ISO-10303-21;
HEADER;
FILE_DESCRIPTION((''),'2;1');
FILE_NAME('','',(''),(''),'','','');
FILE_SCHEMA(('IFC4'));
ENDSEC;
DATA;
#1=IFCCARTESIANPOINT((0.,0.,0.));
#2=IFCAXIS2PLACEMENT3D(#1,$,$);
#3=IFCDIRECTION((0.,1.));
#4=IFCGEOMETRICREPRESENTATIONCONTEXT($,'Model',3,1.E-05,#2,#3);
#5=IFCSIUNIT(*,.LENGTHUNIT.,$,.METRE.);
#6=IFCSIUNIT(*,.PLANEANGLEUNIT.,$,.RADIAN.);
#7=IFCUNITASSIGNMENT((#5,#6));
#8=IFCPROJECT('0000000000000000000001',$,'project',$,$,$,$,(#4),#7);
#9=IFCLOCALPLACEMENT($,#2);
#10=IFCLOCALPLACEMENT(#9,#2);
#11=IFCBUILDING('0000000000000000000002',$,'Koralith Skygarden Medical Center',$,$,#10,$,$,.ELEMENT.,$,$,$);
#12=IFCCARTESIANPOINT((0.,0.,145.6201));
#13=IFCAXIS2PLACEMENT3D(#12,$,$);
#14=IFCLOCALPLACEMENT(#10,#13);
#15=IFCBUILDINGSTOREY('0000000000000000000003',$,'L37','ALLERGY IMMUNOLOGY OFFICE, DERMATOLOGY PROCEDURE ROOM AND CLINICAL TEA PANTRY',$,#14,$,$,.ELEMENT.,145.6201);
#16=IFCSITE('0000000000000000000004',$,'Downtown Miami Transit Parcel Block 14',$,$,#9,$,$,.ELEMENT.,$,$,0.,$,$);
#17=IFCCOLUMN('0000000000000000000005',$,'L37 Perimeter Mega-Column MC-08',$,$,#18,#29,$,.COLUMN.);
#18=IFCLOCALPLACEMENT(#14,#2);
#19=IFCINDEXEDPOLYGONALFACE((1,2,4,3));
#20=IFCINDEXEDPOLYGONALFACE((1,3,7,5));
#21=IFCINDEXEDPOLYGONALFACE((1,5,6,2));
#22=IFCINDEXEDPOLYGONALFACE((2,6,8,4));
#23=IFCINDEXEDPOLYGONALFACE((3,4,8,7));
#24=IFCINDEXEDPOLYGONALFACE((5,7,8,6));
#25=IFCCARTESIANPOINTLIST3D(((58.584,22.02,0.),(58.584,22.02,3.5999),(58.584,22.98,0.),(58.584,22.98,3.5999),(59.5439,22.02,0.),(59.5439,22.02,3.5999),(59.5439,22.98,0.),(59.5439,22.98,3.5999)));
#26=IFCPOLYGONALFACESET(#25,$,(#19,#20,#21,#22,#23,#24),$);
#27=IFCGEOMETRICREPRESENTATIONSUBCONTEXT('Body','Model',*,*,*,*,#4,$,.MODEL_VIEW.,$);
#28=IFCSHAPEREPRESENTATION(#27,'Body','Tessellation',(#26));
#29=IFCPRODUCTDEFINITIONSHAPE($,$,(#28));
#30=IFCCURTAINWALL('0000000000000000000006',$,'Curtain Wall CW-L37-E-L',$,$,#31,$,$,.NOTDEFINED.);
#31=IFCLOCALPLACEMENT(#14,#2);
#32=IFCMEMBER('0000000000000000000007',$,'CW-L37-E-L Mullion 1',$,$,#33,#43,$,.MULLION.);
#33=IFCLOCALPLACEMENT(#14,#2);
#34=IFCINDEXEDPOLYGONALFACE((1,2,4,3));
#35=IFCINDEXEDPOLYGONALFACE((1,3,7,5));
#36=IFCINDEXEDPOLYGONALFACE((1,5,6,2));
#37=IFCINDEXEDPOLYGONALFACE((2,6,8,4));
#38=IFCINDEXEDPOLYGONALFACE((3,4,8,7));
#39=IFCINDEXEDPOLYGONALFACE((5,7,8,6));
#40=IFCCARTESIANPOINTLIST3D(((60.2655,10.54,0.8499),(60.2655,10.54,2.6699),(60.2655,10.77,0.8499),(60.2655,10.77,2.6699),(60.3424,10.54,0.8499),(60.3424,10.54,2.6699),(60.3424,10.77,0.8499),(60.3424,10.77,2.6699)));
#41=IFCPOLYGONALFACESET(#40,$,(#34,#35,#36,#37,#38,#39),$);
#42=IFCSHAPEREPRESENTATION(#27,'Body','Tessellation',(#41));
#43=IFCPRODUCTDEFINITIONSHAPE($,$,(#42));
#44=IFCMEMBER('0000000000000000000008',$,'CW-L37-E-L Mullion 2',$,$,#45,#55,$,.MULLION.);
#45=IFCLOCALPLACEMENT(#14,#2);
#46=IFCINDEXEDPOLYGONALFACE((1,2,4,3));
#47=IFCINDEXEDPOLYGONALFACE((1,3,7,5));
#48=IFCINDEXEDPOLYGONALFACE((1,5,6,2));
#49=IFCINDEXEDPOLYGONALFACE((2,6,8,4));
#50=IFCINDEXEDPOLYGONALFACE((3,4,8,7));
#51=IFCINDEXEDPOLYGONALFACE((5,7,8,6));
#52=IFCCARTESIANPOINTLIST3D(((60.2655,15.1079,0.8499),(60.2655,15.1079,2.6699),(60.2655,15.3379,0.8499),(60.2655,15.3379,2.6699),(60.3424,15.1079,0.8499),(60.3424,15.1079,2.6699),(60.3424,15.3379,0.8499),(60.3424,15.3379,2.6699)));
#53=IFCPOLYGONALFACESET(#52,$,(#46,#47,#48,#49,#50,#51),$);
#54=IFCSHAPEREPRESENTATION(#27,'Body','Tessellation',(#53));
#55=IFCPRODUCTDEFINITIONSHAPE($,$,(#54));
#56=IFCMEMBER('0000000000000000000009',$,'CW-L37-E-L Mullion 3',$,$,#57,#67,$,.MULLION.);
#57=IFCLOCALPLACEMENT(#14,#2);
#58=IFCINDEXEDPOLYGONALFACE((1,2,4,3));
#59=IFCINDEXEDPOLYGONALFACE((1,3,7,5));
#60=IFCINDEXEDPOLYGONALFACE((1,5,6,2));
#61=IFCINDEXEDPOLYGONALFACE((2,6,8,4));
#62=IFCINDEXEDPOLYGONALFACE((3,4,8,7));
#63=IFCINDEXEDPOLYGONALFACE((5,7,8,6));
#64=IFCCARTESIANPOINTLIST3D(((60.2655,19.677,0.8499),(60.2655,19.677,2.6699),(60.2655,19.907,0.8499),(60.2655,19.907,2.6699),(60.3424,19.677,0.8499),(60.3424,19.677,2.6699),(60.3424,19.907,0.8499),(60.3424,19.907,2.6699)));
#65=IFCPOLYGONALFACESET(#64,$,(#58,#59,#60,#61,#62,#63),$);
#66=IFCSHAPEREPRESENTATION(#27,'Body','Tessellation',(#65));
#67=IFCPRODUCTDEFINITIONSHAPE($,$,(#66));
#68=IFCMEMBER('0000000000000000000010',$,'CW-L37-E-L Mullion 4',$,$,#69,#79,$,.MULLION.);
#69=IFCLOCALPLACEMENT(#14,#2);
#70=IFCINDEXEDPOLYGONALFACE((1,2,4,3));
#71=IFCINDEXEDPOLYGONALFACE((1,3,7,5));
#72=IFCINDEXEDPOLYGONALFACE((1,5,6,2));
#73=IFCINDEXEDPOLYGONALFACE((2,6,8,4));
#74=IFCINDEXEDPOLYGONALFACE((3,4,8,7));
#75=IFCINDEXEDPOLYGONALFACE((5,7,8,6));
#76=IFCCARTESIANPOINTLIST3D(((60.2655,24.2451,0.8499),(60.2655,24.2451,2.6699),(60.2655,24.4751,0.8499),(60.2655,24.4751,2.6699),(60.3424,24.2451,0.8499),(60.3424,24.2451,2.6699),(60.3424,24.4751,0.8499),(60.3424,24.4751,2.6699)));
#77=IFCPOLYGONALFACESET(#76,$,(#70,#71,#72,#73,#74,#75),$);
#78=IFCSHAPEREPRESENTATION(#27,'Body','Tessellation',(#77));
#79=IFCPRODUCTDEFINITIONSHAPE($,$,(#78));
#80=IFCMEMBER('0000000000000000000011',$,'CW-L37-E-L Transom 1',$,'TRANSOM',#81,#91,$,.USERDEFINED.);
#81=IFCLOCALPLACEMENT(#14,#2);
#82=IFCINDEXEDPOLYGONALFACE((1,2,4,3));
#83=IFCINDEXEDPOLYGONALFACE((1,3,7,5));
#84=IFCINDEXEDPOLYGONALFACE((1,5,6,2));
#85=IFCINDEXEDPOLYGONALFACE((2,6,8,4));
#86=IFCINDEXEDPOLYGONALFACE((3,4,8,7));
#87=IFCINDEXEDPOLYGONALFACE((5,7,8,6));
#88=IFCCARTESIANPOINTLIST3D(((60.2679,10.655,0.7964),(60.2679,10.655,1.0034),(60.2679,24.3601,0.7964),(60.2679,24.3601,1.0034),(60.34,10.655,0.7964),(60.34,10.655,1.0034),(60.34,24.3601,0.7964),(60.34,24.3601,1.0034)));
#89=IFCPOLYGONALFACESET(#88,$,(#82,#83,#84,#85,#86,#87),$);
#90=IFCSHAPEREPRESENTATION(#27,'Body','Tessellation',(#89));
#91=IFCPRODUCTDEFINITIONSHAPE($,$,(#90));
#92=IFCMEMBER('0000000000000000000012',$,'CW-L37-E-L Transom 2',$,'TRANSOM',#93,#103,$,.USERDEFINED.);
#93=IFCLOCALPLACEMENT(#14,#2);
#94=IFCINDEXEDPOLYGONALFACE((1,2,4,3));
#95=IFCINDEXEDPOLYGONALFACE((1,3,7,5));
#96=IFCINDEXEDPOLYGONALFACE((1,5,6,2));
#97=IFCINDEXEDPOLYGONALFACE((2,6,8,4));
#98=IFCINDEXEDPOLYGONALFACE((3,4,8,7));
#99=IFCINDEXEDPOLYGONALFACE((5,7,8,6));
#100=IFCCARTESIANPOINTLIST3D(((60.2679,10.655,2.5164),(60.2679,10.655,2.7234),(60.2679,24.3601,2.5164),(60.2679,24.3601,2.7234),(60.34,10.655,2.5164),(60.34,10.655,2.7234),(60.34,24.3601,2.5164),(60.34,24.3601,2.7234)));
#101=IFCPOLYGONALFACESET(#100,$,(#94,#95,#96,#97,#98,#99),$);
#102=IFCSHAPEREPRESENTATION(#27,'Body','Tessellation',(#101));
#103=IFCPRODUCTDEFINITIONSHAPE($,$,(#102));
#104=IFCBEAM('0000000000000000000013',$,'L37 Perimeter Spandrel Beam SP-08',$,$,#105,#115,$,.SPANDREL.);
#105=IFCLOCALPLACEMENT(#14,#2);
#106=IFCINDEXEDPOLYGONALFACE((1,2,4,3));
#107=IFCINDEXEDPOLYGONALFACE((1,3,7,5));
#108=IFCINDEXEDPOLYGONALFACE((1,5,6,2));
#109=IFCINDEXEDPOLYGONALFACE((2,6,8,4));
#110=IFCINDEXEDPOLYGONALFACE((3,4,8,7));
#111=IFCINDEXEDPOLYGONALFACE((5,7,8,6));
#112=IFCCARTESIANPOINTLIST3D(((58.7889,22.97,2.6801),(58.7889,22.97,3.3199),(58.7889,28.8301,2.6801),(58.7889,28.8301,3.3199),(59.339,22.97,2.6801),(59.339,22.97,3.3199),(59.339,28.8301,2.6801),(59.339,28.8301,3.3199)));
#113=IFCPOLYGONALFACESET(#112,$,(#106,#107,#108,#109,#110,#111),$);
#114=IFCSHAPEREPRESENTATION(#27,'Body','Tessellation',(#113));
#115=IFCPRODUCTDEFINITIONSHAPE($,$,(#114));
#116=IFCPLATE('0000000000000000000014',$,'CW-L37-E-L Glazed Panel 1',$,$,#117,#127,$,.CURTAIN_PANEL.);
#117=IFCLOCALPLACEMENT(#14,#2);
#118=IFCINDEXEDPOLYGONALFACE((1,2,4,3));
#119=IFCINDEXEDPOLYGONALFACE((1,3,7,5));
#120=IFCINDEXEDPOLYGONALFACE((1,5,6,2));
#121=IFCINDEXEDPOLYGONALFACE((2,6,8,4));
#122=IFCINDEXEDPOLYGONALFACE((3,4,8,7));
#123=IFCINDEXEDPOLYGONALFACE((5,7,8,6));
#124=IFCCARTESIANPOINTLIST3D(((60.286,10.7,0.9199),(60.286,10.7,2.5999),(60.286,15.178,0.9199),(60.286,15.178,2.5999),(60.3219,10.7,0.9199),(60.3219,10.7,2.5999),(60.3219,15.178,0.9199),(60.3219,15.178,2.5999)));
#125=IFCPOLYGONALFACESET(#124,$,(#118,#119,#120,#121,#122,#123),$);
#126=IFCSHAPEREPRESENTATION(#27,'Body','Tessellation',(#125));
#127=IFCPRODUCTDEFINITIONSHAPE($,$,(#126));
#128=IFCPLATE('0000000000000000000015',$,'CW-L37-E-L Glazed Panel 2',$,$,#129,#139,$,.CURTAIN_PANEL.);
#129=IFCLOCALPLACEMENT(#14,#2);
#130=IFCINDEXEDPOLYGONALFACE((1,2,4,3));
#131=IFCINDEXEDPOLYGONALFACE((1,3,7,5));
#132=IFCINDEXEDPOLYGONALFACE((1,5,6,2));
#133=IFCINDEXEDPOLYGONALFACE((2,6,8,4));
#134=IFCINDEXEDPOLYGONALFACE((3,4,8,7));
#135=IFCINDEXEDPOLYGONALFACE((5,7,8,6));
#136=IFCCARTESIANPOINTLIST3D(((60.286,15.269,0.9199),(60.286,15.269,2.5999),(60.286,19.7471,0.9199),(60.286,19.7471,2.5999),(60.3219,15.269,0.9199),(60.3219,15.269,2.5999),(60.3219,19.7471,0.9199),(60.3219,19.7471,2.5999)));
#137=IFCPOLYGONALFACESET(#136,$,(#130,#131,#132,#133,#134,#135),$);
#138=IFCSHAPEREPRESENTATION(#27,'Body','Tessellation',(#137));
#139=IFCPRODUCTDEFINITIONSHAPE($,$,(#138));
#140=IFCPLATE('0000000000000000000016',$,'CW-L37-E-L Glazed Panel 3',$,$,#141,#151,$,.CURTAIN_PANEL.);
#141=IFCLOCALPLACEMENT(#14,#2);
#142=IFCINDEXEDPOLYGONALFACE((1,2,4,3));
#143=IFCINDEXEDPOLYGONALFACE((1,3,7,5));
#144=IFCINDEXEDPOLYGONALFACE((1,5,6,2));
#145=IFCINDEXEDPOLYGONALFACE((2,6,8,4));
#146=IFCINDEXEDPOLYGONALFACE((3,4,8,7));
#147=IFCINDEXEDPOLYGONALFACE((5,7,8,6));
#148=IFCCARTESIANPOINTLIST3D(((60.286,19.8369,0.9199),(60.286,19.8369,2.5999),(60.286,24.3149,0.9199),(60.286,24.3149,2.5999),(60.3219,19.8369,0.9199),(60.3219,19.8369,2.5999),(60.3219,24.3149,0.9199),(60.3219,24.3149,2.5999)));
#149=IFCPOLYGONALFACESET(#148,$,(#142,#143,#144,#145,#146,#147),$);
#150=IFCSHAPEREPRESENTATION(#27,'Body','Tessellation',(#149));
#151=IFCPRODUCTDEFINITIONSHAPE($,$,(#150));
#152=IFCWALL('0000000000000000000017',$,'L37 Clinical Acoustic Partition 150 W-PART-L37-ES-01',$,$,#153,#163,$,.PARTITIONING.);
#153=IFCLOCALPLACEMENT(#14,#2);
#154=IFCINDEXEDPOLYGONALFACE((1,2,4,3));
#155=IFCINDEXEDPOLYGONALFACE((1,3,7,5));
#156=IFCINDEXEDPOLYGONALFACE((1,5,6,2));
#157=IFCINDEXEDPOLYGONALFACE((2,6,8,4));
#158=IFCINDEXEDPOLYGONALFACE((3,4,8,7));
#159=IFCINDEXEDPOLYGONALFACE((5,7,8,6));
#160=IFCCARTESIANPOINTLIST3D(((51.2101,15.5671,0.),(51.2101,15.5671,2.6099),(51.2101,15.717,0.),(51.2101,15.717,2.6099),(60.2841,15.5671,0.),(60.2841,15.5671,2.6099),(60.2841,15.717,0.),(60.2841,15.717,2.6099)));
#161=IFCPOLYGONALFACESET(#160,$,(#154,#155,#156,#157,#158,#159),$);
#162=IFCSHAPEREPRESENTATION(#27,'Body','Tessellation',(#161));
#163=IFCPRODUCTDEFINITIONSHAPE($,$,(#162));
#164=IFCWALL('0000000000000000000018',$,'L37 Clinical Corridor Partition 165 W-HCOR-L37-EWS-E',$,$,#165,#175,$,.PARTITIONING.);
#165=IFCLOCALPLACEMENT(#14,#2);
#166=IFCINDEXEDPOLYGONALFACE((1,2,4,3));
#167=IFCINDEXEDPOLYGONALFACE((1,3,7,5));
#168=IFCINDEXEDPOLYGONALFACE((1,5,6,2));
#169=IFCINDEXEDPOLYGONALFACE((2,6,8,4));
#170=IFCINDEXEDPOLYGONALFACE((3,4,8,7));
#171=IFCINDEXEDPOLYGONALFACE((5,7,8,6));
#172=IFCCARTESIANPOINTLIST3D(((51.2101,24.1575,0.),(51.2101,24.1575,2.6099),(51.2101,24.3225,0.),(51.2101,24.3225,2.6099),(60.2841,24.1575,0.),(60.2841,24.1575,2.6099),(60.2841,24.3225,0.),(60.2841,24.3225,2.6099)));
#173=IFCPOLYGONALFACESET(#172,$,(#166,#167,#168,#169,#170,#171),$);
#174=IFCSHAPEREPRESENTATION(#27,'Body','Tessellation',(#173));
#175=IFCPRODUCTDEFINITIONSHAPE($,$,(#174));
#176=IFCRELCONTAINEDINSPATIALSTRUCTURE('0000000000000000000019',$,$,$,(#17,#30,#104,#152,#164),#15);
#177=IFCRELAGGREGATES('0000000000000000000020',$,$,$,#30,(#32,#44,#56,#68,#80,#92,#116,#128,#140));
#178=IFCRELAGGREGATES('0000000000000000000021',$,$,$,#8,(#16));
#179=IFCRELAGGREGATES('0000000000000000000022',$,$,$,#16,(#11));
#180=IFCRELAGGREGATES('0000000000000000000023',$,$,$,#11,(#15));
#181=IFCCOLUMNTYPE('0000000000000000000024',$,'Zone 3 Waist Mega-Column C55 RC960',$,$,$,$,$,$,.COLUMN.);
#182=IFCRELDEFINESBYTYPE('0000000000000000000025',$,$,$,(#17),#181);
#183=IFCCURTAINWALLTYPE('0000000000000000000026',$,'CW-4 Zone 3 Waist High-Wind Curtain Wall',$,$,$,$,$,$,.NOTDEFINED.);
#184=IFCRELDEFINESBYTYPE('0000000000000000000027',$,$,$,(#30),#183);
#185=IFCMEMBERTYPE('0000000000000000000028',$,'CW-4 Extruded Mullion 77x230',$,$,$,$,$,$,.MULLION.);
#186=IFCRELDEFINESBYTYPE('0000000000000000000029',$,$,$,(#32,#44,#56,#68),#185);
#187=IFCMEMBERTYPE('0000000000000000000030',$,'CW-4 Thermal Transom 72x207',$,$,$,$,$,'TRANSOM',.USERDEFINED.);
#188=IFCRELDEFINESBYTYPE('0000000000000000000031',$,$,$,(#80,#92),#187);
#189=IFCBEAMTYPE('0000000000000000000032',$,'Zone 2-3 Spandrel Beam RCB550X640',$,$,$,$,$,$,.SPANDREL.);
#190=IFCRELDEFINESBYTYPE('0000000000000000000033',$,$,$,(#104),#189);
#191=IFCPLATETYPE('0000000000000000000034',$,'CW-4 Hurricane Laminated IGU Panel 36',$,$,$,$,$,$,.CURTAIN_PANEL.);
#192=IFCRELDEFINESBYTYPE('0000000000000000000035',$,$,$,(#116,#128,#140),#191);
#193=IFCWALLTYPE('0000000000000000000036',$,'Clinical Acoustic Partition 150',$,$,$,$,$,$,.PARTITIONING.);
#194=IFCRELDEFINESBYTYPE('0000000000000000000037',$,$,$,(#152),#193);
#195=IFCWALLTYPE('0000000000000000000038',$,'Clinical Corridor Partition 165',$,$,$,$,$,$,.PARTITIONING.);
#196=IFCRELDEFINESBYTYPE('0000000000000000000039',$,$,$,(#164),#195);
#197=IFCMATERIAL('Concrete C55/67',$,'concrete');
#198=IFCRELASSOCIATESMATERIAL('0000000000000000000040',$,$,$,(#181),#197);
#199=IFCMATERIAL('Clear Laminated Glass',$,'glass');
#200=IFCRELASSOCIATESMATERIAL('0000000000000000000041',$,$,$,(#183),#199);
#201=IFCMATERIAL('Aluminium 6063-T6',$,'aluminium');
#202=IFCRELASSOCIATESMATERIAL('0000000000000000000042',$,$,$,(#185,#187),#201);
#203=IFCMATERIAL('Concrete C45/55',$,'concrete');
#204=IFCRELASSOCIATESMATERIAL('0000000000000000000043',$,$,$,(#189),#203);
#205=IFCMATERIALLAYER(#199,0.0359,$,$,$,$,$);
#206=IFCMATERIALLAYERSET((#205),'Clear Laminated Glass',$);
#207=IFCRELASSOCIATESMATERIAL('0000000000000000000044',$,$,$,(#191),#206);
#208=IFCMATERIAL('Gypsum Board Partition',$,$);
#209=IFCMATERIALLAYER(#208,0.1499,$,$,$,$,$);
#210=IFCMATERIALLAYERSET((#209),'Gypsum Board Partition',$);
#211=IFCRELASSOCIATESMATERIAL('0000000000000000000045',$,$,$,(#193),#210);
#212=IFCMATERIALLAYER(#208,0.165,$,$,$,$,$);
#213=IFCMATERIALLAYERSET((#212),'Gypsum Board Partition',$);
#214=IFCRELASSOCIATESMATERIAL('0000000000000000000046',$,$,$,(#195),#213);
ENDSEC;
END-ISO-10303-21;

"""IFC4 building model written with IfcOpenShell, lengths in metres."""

from ifc_helpers import new_model, si_unit, direction, frame, frame_2d, origin, origin_2d, place, context, subcontext, project, spatial, rectangle, extrude, material, layer, layer_set, material_profile, profile_set, type_object, element, aggregate, save


model = new_model("IFC4")

# Units and contexts
model_context = context("Model", 3, precision=1e-05, world=origin(), true_north=direction((0.0, 1.0)))
body_context = subcontext(model_context, "Body", "Model", "MODEL_VIEW")
ifc_project = project(units=[si_unit("LENGTHUNIT", "METRE"), si_unit("PLANEANGLEUNIT", "RADIAN")], contexts=[model_context])

# Site, building, storey
site_placement = place(None, origin())
site = spatial("IfcSite", under=ifc_project, at=site_placement, Name="Downtown Miami Transit Parcel Block 14", CompositionType="ELEMENT", RefElevation=0.0)
building_placement = place(site_placement, origin())
building = spatial("IfcBuilding", under=site, at=building_placement, Name="Koralith Skygarden Medical Center", CompositionType="ELEMENT")
storey_placement = place(building_placement, frame((0.0, 0.0, 145.6201)))
storey = spatial("IfcBuildingStorey", under=building, at=storey_placement, Name="L37", Description="ALLERGY IMMUNOLOGY OFFICE, DERMATOLOGY PROCEDURE ROOM AND CLINICAL TEA PANTRY", CompositionType="ELEMENT", Elevation=145.6201)

# Column
ifc_material_1 = material(Name="Concrete C55/67", Category="concrete")
ifc_material_profile_1 = material_profile(ifc_material_1, rectangle(XDim=0.96, YDim=0.96, at=origin_2d()), Name="RC960X960")
ifc_profile_set_1 = profile_set([ifc_material_profile_1], Name="Concrete C55/67")
column_type = type_object("IfcColumnType", Name="Zone 3 Waist Mega-Column C55 RC960", PredefinedType="COLUMN", material=ifc_profile_set_1)
column_placement = place(storey_placement, frame((59.064, 22.5, 0.0), z_axis=(0.0, 0.0, 1.0), x_axis=(1.0, 0.0, 0.0)))
element("IfcColumn", 1, at=column_placement, inside=storey, type_object=column_type, Name="L37 Perimeter Mega-Column MC-08", PredefinedType="COLUMN", context=body_context, shape_type="SweptSolid", body=[
    extrude(rectangle(XDim=0.96, YDim=0.96, at=origin_2d()), origin(), (0.0, 0.0, 1.0), 3.5999),
])

# Curtain wall, members
ifc_material_2 = material(Name="Clear Laminated Glass", Category="glass")
curtain_wall_type = type_object("IfcCurtainWallType", Name="CW-4 Zone 3 Waist High-Wind Curtain Wall", PredefinedType="NOTDEFINED", material=ifc_material_2)
curtain_wall_placement = place(storey_placement, origin())
curtain_wall = element("IfcCurtainWall", 2, at=curtain_wall_placement, inside=storey, type_object=curtain_wall_type, Name="Curtain Wall CW-L37-E-L", PredefinedType="NOTDEFINED")
ifc_material_3 = material(Name="Aluminium 6063-T6", Category="aluminium")
ifc_material_profile_2 = material_profile(ifc_material_3, rectangle(XDim=0.0769, YDim=0.23, at=origin_2d()), Name="MUL77X230")
ifc_profile_set_2 = profile_set([ifc_material_profile_2], Name="Aluminium 6063-T6")
member_type_1 = type_object("IfcMemberType", Name="CW-4 Extruded Mullion 77x230", PredefinedType="MULLION", material=ifc_profile_set_2)
member_1_placement = place(storey_placement, frame((60.304, 10.655, 0.8499), z_axis=(0.0, 0.0, 1.0), x_axis=(1.0, 0.0, 0.0)))
member_1 = element("IfcMember", 3, at=member_1_placement, type_object=member_type_1, Name="CW-L37-E-L Mullion 1", PredefinedType="MULLION", context=body_context, shape_type="SweptSolid", body=[
    extrude(rectangle(XDim=0.0769, YDim=0.23, at=origin_2d()), origin(), (0.0, 0.0, 1.0), 1.8201),
])
member_2_placement = place(storey_placement, frame((60.304, 15.2229, 0.8499), z_axis=(0.0, 0.0, 1.0), x_axis=(1.0, 0.0, 0.0)))
member_2 = element("IfcMember", 4, at=member_2_placement, type_object=member_type_1, Name="CW-L37-E-L Mullion 2", PredefinedType="MULLION", context=body_context, shape_type="SweptSolid", body=[
    extrude(rectangle(XDim=0.0769, YDim=0.23, at=origin_2d()), origin(), (0.0, 0.0, 1.0), 1.8201),
])
member_3_placement = place(storey_placement, frame((60.304, 19.792, 0.8499), z_axis=(0.0, 0.0, 1.0), x_axis=(1.0, 0.0, 0.0)))
member_3 = element("IfcMember", 5, at=member_3_placement, type_object=member_type_1, Name="CW-L37-E-L Mullion 3", PredefinedType="MULLION", context=body_context, shape_type="SweptSolid", body=[
    extrude(rectangle(XDim=0.0769, YDim=0.23, at=origin_2d()), origin(), (0.0, 0.0, 1.0), 1.8201),
])
member_4_placement = place(storey_placement, frame((60.304, 24.3601, 0.8499), z_axis=(0.0, 0.0, 1.0), x_axis=(1.0, 0.0, 0.0)))
member_4 = element("IfcMember", 6, at=member_4_placement, type_object=member_type_1, Name="CW-L37-E-L Mullion 4", PredefinedType="MULLION", context=body_context, shape_type="SweptSolid", body=[
    extrude(rectangle(XDim=0.0769, YDim=0.23, at=origin_2d()), origin(), (0.0, 0.0, 1.0), 1.8201),
])
ifc_material_profile_3 = material_profile(ifc_material_3, rectangle(XDim=0.072, YDim=0.207, at=origin_2d()), Name="TRN72X207")
ifc_profile_set_3 = profile_set([ifc_material_profile_3], Name="Aluminium 6063-T6")
member_type_2 = type_object("IfcMemberType", Name="CW-4 Thermal Transom 72x207", ElementType="TRANSOM", PredefinedType="USERDEFINED", material=ifc_profile_set_3)
member_5_placement = place(storey_placement, frame((60.304, 10.655, 0.8999), z_axis=(0.0, 1.0, 0.0), x_axis=(-1.0, 0.0, 0.0)))
member_5 = element("IfcMember", 7, at=member_5_placement, type_object=member_type_2, Name="CW-L37-E-L Transom 1", ObjectType="TRANSOM", PredefinedType="USERDEFINED", context=body_context, shape_type="SweptSolid", body=[
    extrude(rectangle(XDim=0.072, YDim=0.207, at=origin_2d()), origin(), (0.0, 0.0, 1.0), 13.7051),
])
member_6_placement = place(storey_placement, frame((60.304, 10.655, 2.6199), z_axis=(0.0, 1.0, 0.0), x_axis=(-1.0, 0.0, 0.0)))
member_6 = element("IfcMember", 8, at=member_6_placement, type_object=member_type_2, Name="CW-L37-E-L Transom 2", ObjectType="TRANSOM", PredefinedType="USERDEFINED", context=body_context, shape_type="SweptSolid", body=[
    extrude(rectangle(XDim=0.072, YDim=0.207, at=origin_2d()), origin(), (0.0, 0.0, 1.0), 13.7051),
])

# Beam
ifc_material_4 = material(Name="Concrete C45/55", Category="concrete")
ifc_material_profile_4 = material_profile(ifc_material_4, rectangle(XDim=0.55, YDim=0.6399, at=origin_2d()), Name="RCB550X640")
ifc_profile_set_4 = profile_set([ifc_material_profile_4], Name="Concrete C45/55")
beam_type = type_object("IfcBeamType", Name="Zone 2-3 Spandrel Beam RCB550X640", PredefinedType="SPANDREL", material=ifc_profile_set_4)
beam_placement = place(storey_placement, frame((59.064, 22.97, 3.0), z_axis=(0.0, 1.0, 0.0), x_axis=(-1.0, 0.0, 0.0)))
element("IfcBeam", 9, at=beam_placement, inside=storey, type_object=beam_type, Name="L37 Perimeter Spandrel Beam SP-08", PredefinedType="SPANDREL", context=body_context, shape_type="SweptSolid", body=[
    extrude(rectangle(XDim=0.55, YDim=0.6399, at=origin_2d()), origin(), (0.0, 0.0, 1.0), 5.8601),
])

# Plates
ifc_layer_1 = layer(ifc_material_2, 0.0359)
ifc_layer_set_1 = layer_set([ifc_layer_1], Name="Clear Laminated Glass")
plate_type = type_object("IfcPlateType", Name="CW-4 Hurricane Laminated IGU Panel 36", PredefinedType="CURTAIN_PANEL", material=ifc_layer_set_1)
plate_1_placement = place(storey_placement, frame((60.304, 12.939, 0.9199), z_axis=(0.0, 0.0, 1.0), x_axis=(0.0, 1.0, 0.0)))
plate_1 = element("IfcPlate", 10, at=plate_1_placement, type_object=plate_type, Name="CW-L37-E-L Glazed Panel 1", PredefinedType="CURTAIN_PANEL", context=body_context, shape_type="SweptSolid", body=[
    extrude(rectangle(XDim=4.478, YDim=0.0359, at=origin_2d()), origin(), (0.0, 0.0, 1.0), 1.6799),
])
plate_2_placement = place(storey_placement, frame((60.304, 17.5081, 0.9199), z_axis=(0.0, 0.0, 1.0), x_axis=(0.0, 1.0, 0.0)))
plate_2 = element("IfcPlate", 11, at=plate_2_placement, type_object=plate_type, Name="CW-L37-E-L Glazed Panel 2", PredefinedType="CURTAIN_PANEL", context=body_context, shape_type="SweptSolid", body=[
    extrude(rectangle(XDim=4.478, YDim=0.0359, at=origin_2d()), origin(), (0.0, 0.0, 1.0), 1.6799),
])
plate_3_placement = place(storey_placement, frame((60.304, 22.0759, 0.9199), z_axis=(0.0, 0.0, 1.0), x_axis=(0.0, 1.0, 0.0)))
plate_3 = element("IfcPlate", 12, at=plate_3_placement, type_object=plate_type, Name="CW-L37-E-L Glazed Panel 3", PredefinedType="CURTAIN_PANEL", context=body_context, shape_type="SweptSolid", body=[
    extrude(rectangle(XDim=4.478, YDim=0.0359, at=origin_2d()), origin(), (0.0, 0.0, 1.0), 1.6799),
])
aggregate(curtain_wall, [member_1, member_2, member_3, member_4, member_5, member_6, plate_1, plate_2, plate_3])

# Walls
ifc_material_5 = material(Name="Gypsum Board Partition")
ifc_layer_2 = layer(ifc_material_5, 0.1499)
ifc_layer_set_2 = layer_set([ifc_layer_2], Name="Gypsum Board Partition")
wall_type_1 = type_object("IfcWallType", Name="Clinical Acoustic Partition 150", PredefinedType="PARTITIONING", material=ifc_layer_set_2)
wall_1_placement = place(storey_placement, frame((51.21, 15.6421, 0.0), z_axis=(0.0, 0.0, 1.0), x_axis=(1.0, 0.0, 0.0)))
element("IfcWall", 13, at=wall_1_placement, inside=storey, type_object=wall_type_1, Name="L37 Clinical Acoustic Partition 150 W-PART-L37-ES-01", PredefinedType="PARTITIONING", context=body_context, shape_type="SweptSolid", body=[
    extrude(rectangle(XDim=9.074, YDim=0.1499, at=frame_2d((4.5371, 0.0))), origin(), (0.0, 0.0, 1.0), 2.6099),
])
ifc_layer_3 = layer(ifc_material_5, 0.165)
ifc_layer_set_3 = layer_set([ifc_layer_3], Name="Gypsum Board Partition")
wall_type_2 = type_object("IfcWallType", Name="Clinical Corridor Partition 165", PredefinedType="PARTITIONING", material=ifc_layer_set_3)
wall_2_placement = place(storey_placement, frame((51.21, 24.24, 0.0), z_axis=(0.0, 0.0, 1.0), x_axis=(1.0, 0.0, 0.0)))
element("IfcWall", 14, at=wall_2_placement, inside=storey, type_object=wall_type_2, Name="L37 Clinical Corridor Partition 165 W-HCOR-L37-EWS-E", PredefinedType="PARTITIONING", context=body_context, shape_type="SweptSolid", body=[
    extrude(rectangle(XDim=9.074, YDim=0.165, at=frame_2d((4.5371, 0.0))), origin(), (0.0, 0.0, 1.0), 2.6099),
])

save(model, "model.ifc")
